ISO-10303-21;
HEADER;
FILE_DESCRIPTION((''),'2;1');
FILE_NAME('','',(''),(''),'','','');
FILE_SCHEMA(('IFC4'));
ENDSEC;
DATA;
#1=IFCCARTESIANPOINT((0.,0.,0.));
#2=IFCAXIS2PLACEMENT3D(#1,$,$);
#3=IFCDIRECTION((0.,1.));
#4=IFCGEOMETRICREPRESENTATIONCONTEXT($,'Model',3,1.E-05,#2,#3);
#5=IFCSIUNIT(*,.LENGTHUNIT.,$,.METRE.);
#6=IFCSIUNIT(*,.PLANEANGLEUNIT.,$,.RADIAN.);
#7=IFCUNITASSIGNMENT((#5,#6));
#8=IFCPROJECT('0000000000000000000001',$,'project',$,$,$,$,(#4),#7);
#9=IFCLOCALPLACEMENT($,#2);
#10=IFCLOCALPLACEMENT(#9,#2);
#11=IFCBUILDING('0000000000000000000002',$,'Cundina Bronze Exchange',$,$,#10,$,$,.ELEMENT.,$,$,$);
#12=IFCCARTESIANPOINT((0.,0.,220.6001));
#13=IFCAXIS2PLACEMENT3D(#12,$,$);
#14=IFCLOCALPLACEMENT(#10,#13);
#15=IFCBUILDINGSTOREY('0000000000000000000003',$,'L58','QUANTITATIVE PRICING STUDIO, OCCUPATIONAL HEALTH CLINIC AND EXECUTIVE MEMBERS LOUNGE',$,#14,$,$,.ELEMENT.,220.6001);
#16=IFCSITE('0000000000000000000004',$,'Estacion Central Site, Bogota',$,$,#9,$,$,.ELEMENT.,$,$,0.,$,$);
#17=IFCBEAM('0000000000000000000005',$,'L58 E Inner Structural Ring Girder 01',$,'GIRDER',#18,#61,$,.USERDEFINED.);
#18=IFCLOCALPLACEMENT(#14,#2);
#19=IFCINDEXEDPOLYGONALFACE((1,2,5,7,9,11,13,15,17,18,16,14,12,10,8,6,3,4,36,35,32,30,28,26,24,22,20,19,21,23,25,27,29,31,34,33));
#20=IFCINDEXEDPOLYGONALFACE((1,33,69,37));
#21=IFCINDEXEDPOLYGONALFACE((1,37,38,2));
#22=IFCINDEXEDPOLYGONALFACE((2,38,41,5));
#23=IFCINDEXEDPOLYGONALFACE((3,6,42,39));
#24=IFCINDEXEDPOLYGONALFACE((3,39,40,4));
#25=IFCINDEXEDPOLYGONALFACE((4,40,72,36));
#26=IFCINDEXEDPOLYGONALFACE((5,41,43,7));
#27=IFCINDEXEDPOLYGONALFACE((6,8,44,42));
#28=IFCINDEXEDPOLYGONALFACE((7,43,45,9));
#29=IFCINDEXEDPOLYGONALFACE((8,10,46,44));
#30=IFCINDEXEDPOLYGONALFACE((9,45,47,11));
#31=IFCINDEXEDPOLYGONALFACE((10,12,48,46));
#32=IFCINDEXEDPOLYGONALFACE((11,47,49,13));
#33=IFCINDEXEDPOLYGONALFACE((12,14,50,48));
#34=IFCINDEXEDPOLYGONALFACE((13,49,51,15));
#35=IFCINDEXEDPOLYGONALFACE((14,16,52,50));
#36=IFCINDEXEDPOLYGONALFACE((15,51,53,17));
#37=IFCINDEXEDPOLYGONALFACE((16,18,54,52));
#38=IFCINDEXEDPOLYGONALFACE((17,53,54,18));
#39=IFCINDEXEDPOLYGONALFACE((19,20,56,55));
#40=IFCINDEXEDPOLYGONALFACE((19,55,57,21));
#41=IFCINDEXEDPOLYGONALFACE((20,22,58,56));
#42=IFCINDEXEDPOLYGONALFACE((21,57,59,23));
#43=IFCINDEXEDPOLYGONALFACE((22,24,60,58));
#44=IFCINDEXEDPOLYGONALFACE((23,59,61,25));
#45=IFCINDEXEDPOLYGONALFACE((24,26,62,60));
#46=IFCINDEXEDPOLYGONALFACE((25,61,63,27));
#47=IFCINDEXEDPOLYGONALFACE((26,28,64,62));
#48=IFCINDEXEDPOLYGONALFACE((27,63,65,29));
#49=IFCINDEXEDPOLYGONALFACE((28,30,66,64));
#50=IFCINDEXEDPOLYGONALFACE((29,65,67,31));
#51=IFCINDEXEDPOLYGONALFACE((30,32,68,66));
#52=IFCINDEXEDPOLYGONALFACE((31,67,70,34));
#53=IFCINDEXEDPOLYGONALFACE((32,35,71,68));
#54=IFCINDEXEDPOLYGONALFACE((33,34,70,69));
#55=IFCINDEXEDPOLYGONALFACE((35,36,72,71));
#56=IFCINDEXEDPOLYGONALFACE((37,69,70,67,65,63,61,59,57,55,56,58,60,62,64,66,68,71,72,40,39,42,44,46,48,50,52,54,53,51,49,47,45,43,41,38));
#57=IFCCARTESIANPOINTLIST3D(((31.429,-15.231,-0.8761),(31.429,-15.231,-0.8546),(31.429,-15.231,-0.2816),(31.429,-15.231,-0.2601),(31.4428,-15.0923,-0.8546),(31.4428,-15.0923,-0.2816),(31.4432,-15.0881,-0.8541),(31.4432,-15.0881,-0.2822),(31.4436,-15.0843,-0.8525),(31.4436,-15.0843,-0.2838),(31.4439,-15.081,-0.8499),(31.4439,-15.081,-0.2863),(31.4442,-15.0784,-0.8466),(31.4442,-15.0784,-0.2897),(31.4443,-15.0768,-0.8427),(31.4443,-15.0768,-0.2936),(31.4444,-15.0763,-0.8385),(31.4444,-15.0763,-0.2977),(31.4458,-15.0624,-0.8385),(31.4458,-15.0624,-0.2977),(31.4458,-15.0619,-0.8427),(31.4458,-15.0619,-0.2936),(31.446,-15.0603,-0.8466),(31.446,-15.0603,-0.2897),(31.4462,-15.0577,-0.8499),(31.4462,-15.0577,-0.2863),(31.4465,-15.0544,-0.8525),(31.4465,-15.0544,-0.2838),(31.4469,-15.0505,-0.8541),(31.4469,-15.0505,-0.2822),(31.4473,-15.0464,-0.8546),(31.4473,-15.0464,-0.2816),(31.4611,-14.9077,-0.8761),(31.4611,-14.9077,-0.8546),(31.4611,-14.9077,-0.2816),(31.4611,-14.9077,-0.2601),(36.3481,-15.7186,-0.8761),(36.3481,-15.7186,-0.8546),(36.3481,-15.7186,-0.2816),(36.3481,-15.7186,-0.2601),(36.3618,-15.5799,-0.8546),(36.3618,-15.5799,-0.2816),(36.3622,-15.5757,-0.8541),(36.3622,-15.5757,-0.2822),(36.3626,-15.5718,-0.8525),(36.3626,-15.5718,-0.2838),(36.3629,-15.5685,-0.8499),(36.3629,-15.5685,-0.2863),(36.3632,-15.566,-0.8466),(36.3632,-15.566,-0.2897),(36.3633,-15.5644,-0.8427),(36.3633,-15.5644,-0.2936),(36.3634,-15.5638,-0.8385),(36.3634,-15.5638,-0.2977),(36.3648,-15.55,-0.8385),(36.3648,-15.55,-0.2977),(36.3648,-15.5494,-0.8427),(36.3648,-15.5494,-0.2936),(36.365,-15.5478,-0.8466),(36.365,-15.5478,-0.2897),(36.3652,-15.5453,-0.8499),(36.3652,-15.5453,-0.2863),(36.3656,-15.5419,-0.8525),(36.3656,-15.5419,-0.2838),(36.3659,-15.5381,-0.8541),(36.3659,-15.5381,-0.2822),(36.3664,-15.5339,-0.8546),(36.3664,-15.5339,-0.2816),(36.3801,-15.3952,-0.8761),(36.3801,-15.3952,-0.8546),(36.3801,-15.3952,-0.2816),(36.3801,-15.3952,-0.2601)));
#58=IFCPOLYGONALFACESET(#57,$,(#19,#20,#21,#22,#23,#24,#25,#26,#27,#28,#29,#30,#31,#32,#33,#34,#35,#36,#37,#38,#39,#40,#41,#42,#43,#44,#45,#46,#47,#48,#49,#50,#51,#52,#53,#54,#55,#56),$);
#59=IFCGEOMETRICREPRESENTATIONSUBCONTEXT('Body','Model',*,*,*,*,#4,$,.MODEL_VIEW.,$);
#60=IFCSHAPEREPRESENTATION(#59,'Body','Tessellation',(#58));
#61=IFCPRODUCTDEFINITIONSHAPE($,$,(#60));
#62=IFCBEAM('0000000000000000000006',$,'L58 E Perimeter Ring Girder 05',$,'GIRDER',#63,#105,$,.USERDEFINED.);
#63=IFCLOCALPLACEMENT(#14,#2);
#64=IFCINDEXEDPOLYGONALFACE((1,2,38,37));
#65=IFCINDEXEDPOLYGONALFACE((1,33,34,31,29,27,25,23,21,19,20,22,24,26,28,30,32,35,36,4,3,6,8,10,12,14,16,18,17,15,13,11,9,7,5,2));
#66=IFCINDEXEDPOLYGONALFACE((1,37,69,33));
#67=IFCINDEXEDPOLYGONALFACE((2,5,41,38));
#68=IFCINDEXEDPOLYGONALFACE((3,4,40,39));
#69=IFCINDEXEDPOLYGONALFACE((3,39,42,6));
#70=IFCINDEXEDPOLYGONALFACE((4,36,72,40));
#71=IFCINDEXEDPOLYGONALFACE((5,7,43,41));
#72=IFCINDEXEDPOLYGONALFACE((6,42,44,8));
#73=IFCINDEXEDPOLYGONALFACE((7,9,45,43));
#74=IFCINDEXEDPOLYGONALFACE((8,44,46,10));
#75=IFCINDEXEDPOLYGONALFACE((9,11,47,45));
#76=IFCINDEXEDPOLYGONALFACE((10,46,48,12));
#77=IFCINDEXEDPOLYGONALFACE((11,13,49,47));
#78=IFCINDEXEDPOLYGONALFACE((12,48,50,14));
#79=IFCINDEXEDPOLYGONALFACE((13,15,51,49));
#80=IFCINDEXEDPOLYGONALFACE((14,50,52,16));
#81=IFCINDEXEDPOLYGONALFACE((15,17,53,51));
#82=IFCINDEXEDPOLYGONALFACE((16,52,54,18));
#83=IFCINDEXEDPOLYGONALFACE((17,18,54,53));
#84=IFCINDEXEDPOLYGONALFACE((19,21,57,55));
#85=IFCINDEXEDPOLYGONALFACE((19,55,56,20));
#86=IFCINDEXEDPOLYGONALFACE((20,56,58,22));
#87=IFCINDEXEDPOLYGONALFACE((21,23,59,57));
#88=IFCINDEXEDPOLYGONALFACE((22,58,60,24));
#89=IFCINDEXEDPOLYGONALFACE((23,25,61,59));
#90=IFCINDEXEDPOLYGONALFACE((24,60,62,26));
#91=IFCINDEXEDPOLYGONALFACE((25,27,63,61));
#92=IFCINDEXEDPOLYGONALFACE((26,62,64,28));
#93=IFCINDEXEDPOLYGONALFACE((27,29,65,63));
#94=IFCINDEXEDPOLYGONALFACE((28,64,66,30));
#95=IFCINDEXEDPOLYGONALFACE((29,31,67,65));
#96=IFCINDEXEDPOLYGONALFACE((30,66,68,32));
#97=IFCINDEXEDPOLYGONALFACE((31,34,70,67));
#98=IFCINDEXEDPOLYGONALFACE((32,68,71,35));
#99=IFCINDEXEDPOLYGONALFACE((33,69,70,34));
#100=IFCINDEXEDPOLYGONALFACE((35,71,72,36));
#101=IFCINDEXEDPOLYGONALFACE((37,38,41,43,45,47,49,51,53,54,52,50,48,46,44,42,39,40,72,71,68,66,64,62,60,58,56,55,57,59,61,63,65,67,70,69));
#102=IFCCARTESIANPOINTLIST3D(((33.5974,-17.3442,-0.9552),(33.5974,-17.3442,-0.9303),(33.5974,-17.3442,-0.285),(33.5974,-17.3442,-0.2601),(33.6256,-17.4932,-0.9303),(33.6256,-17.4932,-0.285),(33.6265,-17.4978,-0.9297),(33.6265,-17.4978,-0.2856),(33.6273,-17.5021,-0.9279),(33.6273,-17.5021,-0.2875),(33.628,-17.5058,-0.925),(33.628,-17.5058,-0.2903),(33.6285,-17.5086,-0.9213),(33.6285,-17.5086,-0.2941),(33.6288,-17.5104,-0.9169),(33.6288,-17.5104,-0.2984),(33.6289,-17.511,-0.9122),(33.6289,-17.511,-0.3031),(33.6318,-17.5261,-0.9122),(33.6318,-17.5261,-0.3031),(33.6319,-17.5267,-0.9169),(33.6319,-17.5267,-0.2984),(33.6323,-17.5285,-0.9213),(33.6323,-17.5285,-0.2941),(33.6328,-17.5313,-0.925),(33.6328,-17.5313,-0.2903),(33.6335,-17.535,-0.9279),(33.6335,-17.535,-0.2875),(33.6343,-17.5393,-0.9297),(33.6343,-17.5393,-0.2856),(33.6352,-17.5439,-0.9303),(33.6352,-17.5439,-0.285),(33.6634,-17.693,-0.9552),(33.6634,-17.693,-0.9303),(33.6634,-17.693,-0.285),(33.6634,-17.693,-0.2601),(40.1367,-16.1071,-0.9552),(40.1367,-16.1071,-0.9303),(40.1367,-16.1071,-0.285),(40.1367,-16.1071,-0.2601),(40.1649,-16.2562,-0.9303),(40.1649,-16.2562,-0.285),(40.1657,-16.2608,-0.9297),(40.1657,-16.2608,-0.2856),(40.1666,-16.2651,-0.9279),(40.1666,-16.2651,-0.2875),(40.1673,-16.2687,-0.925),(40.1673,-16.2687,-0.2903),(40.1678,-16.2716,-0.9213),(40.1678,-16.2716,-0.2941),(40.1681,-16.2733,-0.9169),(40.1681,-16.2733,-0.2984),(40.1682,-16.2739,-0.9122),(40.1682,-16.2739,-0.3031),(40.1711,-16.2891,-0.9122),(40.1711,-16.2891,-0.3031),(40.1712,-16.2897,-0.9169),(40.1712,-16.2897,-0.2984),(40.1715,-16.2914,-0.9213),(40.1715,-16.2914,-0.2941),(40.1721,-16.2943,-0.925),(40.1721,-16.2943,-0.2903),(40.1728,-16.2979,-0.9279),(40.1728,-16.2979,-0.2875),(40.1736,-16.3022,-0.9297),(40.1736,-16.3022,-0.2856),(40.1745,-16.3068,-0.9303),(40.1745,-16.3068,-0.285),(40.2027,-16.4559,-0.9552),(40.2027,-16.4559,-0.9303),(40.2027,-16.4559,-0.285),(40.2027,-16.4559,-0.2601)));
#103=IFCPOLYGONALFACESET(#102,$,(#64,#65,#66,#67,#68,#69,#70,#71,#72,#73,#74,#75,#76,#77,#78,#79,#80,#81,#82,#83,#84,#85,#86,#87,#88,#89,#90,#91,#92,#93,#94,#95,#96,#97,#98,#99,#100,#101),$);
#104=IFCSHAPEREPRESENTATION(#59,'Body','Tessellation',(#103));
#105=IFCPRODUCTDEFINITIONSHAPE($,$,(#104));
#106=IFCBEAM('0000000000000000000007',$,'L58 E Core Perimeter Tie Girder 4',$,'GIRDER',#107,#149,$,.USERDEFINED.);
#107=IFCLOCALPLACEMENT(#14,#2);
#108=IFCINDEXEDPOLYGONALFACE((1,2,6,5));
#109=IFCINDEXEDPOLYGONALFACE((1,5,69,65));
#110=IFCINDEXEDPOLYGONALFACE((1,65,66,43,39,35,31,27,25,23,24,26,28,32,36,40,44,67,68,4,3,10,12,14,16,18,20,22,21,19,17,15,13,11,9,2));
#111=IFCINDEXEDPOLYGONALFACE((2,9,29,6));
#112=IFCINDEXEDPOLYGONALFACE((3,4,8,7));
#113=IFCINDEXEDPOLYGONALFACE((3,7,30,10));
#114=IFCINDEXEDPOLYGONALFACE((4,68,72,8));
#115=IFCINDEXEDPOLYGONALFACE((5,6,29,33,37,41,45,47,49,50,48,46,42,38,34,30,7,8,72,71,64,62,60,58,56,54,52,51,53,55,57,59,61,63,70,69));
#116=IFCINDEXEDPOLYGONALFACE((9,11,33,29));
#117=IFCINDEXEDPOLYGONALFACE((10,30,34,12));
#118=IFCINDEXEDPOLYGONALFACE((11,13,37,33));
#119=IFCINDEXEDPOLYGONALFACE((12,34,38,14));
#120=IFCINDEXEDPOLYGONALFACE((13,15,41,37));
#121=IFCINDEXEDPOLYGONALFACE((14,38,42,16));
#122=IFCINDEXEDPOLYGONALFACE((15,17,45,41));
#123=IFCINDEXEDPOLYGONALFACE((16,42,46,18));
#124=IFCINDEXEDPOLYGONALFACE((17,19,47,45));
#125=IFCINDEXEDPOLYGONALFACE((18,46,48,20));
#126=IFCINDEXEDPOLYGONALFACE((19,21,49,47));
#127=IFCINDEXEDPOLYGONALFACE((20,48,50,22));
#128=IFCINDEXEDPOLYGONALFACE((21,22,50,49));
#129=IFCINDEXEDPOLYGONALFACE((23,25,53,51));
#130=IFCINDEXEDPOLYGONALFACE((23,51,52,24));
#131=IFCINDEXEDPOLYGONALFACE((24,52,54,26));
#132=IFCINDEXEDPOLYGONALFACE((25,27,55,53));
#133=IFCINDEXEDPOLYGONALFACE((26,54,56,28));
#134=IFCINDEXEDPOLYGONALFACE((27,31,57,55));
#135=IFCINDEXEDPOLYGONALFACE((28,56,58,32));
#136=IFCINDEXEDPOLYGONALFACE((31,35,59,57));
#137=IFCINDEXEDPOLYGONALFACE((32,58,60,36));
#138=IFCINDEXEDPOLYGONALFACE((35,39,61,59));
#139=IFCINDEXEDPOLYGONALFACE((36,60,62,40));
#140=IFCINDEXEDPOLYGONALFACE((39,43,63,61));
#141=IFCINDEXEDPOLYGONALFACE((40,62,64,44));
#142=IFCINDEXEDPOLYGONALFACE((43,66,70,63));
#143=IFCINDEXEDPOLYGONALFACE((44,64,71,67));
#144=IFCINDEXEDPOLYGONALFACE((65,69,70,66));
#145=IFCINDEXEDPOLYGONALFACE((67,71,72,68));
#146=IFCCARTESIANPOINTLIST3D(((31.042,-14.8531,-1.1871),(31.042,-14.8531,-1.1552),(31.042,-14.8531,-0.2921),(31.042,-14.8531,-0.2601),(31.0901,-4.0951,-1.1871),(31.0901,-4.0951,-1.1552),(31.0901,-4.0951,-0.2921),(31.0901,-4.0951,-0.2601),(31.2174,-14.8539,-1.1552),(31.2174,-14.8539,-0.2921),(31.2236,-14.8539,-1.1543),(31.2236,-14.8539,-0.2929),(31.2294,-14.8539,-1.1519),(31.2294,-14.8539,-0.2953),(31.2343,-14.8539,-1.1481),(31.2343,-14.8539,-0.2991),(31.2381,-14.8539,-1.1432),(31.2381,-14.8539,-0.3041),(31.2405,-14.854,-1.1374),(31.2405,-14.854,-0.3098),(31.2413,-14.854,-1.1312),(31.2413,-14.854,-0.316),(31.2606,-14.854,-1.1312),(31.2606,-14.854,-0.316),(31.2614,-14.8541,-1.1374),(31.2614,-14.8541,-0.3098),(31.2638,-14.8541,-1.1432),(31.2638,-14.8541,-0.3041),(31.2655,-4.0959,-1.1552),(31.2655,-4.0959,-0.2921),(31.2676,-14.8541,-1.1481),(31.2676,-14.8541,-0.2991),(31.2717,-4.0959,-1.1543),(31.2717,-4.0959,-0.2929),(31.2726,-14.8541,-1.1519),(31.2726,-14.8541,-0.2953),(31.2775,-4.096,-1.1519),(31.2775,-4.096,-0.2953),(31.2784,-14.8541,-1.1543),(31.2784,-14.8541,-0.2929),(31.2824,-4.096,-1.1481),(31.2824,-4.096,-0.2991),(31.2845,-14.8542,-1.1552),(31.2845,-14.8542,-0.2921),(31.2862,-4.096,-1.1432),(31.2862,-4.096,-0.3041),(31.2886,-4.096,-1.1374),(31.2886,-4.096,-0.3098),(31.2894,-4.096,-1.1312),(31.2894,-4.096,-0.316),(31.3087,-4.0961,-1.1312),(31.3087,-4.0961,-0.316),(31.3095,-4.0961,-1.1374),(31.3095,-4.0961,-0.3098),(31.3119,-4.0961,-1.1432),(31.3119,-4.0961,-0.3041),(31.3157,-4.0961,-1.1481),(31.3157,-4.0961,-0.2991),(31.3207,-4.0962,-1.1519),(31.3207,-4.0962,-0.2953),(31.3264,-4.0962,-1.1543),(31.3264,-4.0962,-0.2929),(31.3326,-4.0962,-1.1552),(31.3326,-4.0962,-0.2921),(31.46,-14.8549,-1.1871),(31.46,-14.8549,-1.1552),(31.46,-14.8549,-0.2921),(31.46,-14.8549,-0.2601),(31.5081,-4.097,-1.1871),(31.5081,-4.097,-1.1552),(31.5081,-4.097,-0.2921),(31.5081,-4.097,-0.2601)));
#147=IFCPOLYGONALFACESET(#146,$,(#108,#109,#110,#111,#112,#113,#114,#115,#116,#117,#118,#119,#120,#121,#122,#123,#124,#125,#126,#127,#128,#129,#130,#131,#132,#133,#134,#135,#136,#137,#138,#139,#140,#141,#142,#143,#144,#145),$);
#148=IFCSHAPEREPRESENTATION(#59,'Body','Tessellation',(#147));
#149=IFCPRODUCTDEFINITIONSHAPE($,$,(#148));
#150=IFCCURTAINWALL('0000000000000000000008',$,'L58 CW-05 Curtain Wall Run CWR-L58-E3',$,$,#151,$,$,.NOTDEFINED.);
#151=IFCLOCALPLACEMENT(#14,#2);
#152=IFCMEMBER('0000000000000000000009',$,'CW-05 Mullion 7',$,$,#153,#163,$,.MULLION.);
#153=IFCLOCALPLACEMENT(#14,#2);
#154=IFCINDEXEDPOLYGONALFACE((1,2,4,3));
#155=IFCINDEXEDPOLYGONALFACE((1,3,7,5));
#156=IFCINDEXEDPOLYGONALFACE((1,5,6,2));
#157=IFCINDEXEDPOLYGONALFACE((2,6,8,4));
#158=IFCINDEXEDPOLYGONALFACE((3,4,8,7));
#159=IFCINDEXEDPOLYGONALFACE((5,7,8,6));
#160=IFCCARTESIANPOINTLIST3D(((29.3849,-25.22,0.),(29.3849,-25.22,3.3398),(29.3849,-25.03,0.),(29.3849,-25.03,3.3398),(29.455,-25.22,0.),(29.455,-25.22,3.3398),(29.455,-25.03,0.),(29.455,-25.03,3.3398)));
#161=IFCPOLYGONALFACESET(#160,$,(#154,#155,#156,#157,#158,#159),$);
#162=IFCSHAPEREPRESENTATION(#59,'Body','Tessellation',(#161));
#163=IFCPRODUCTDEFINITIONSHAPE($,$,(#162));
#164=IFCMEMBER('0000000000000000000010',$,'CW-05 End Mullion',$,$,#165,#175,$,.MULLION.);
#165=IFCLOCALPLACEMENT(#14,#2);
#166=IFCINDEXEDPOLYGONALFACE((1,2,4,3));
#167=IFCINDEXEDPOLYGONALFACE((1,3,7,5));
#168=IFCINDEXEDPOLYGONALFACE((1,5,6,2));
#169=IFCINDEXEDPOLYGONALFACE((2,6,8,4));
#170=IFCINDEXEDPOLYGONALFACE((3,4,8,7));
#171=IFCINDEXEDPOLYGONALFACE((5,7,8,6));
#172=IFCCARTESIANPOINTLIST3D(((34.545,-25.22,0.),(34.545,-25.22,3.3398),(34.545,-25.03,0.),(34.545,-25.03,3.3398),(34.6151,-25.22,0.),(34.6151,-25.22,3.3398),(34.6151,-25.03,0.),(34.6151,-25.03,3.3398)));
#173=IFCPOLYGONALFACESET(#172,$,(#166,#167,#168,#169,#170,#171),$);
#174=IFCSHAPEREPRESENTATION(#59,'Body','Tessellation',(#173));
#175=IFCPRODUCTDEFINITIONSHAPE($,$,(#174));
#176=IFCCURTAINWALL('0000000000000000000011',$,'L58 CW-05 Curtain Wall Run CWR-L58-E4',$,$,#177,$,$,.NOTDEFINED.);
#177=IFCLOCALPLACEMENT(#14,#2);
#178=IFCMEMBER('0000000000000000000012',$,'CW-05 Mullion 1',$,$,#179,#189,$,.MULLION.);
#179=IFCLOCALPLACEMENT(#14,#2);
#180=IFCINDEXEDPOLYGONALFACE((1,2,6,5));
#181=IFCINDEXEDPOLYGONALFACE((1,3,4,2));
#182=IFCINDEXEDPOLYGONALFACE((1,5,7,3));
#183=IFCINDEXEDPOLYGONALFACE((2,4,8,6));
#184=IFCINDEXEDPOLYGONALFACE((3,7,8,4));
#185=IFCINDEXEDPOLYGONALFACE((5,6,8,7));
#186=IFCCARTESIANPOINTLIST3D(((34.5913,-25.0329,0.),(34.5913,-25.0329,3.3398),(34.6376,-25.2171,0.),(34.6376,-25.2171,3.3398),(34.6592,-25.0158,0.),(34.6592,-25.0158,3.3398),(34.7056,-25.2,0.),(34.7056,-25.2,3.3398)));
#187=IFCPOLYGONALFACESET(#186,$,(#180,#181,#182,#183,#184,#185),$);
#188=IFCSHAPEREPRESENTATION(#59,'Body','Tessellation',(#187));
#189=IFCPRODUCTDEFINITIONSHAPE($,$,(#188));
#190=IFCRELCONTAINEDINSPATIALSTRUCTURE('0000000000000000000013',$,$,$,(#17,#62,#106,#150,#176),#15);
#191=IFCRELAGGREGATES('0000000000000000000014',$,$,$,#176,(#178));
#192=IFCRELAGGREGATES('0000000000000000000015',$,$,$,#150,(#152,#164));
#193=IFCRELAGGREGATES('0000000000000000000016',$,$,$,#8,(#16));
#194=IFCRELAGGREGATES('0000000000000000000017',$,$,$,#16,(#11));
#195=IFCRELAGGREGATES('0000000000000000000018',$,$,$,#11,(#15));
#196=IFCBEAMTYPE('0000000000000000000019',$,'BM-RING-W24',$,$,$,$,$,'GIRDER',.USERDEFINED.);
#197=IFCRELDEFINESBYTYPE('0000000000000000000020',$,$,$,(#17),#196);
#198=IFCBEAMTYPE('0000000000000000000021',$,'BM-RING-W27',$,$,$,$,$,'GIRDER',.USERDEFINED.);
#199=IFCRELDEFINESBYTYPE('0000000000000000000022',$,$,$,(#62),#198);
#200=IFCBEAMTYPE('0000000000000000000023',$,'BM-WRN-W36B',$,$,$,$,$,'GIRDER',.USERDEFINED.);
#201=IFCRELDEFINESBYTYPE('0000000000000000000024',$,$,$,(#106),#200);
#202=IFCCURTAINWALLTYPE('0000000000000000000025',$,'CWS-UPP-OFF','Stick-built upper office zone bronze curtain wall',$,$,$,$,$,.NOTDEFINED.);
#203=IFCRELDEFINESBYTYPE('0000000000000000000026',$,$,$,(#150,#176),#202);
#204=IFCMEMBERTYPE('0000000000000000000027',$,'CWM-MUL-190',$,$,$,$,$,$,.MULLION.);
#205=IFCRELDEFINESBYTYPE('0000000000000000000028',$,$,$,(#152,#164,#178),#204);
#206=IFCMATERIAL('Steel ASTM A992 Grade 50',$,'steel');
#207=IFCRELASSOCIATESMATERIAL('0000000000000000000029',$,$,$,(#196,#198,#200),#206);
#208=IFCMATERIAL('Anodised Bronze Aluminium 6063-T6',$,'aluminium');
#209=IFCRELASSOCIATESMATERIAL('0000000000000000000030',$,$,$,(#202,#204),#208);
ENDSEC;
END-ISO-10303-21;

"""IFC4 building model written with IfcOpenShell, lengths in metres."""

from ifc_helpers import new_model, si_unit, direction, frame, origin, origin_2d, place, context, subcontext, project, spatial, rectangle, i_section, extrude, material, material_profile, profile_set, type_object, element, aggregate, save


model = new_model("IFC4")

# Units and contexts
model_context = context("Model", 3, precision=1e-05, world=origin(), true_north=direction((0.0, 1.0)))
body_context = subcontext(model_context, "Body", "Model", "MODEL_VIEW")
ifc_project = project(units=[si_unit("LENGTHUNIT", "METRE"), si_unit("PLANEANGLEUNIT", "RADIAN")], contexts=[model_context])

# Site, building, storey
site_placement = place(None, origin())
site = spatial("IfcSite", under=ifc_project, at=site_placement, Name="Estacion Central Site, Bogota", CompositionType="ELEMENT", RefElevation=0.0)
building_placement = place(site_placement, origin())
building = spatial("IfcBuilding", under=site, at=building_placement, Name="Cundina Bronze Exchange", CompositionType="ELEMENT")
storey_placement = place(building_placement, frame((0.0, 0.0, 220.6001)))
storey = spatial("IfcBuildingStorey", under=building, at=storey_placement, Name="L58", Description="QUANTITATIVE PRICING STUDIO, OCCUPATIONAL HEALTH CLINIC AND EXECUTIVE MEMBERS LOUNGE", CompositionType="ELEMENT", Elevation=220.6001)

# Shared definitions
ifc_material_1 = material(Name="Steel ASTM A992 Grade 50", Category="steel")

# Beams
ifc_material_profile_1 = material_profile(ifc_material_1, i_section(OverallWidth=0.325, OverallDepth=0.616, WebThickness=0.0139, FlangeThickness=0.0215, FilletRadius=0.0161, at=origin_2d()), Name="W24X117", Category="steel")
ifc_profile_set_1 = profile_set([ifc_material_profile_1], Name="Steel ASTM A992 Grade 50")
beam_type_1 = type_object("IfcBeamType", Name="BM-RING-W24", ElementType="GIRDER", PredefinedType="USERDEFINED", material=ifc_profile_set_1)
beam_1_placement = place(storey_placement, frame((31.4451, -15.0693, -0.5681), z_axis=(0.995124, -0.098633, 0.0), x_axis=(0.098633, 0.995124, 0.0)))
element("IfcBeam", 1, at=beam_1_placement, inside=storey, type_object=beam_type_1, Name="L58 E Inner Structural Ring Girder 01", ObjectType="GIRDER", PredefinedType="USERDEFINED", context=body_context, shape_type="SweptSolid", body=[
    extrude(i_section(OverallWidth=0.325, OverallDepth=0.616, WebThickness=0.0139, FlangeThickness=0.0215, FilletRadius=0.0161, at=origin_2d()), origin(), (0.0, 0.0, 1.0), 4.9431),
])
ifc_material_profile_2 = material_profile(ifc_material_1, i_section(OverallWidth=0.355, OverallDepth=0.6951, WebThickness=0.0154, FlangeThickness=0.0249, FilletRadius=0.0181, at=origin_2d()), Name="W27X146", Category="steel")
ifc_profile_set_2 = profile_set([ifc_material_profile_2], Name="Steel ASTM A992 Grade 50")
beam_type_2 = type_object("IfcBeamType", Name="BM-RING-W27", ElementType="GIRDER", PredefinedType="USERDEFINED", material=ifc_profile_set_2)
beam_2_placement = place(storey_placement, frame((33.6304, -17.5186, -0.6077), z_axis=(0.982573, 0.185876, 0.0), x_axis=(-0.185876, 0.982573, 0.0)))
element("IfcBeam", 2, at=beam_2_placement, inside=storey, type_object=beam_type_2, Name="L58 E Perimeter Ring Girder 05", ObjectType="GIRDER", PredefinedType="USERDEFINED", context=body_context, shape_type="SweptSolid", body=[
    extrude(i_section(OverallWidth=0.355, OverallDepth=0.6951, WebThickness=0.0154, FlangeThickness=0.0249, FilletRadius=0.0181, at=origin_2d()), origin(), (0.0, 0.0, 1.0), 6.6553),
])
ifc_material_profile_3 = material_profile(ifc_material_1, i_section(OverallWidth=0.418, OverallDepth=0.927, WebThickness=0.0193, FlangeThickness=0.032, FilletRadius=0.0239, at=origin_2d()), Name="W36X231", Category="steel")
ifc_profile_set_3 = profile_set([ifc_material_profile_3], Name="Steel ASTM A992 Grade 50")
beam_type_3 = type_object("IfcBeamType", Name="BM-WRN-W36B", ElementType="GIRDER", PredefinedType="USERDEFINED", material=ifc_profile_set_3)
beam_3_placement = place(storey_placement, frame((31.251, -14.854, -0.7236), z_axis=(0.004471, 0.99999, 0.0), x_axis=(-0.99999, 0.004471, 0.0)))
element("IfcBeam", 3, at=beam_3_placement, inside=storey, type_object=beam_type_3, Name="L58 E Core Perimeter Tie Girder 4", ObjectType="GIRDER", PredefinedType="USERDEFINED", context=body_context, shape_type="SweptSolid", body=[
    extrude(i_section(OverallWidth=0.418, OverallDepth=0.927, WebThickness=0.0193, FlangeThickness=0.032, FilletRadius=0.0239, at=origin_2d()), origin(), (0.0, 0.0, 1.0), 10.7581),
])

# Curtain wall, members
ifc_material_2 = material(Name="Anodised Bronze Aluminium 6063-T6", Category="aluminium")
curtain_wall_type = type_object("IfcCurtainWallType", Name="CWS-UPP-OFF", Description="Stick-built upper office zone bronze curtain wall", PredefinedType="NOTDEFINED", material=ifc_material_2)
curtain_wall_1_placement = place(storey_placement, origin())
curtain_wall_1 = element("IfcCurtainWall", 4, at=curtain_wall_1_placement, inside=storey, type_object=curtain_wall_type, Name="L58 CW-05 Curtain Wall Run CWR-L58-E3", PredefinedType="NOTDEFINED")
ifc_material_profile_4 = material_profile(ifc_material_2, rectangle(XDim=0.0701, YDim=0.1899, at=origin_2d()), Name="AL70X190", Category="aluminium")
ifc_profile_set_4 = profile_set([ifc_material_profile_4], Name="Anodised Bronze Aluminium 6063-T6")
member_type_1 = type_object("IfcMemberType", Name="CWM-MUL-190", PredefinedType="MULLION", material=ifc_profile_set_4)
member_1_placement = place(storey_placement, frame((29.4199, -25.125, 0.0), z_axis=(0.0, 0.0, 1.0), x_axis=(1.0, 0.0, 0.0)))
member_1 = element("IfcMember", 5, at=member_1_placement, type_object=member_type_1, Name="CW-05 Mullion 7", PredefinedType="MULLION", context=body_context, shape_type="SweptSolid", body=[
    extrude(rectangle(XDim=0.0701, YDim=0.1899, at=origin_2d()), origin(), (0.0, 0.0, 1.0), 3.3398),
])
member_2_placement = place(storey_placement, frame((34.5801, -25.125, 0.0), z_axis=(0.0, 0.0, 1.0), x_axis=(1.0, 0.0, 0.0)))
member_2 = element("IfcMember", 6, at=member_2_placement, type_object=member_type_1, Name="CW-05 End Mullion", PredefinedType="MULLION", context=body_context, shape_type="SweptSolid", body=[
    extrude(rectangle(XDim=0.0701, YDim=0.1899, at=origin_2d()), origin(), (0.0, 0.0, 1.0), 3.3398),
])

# Curtain wall, member
curtain_wall_2_placement = place(storey_placement, origin())
curtain_wall_2 = element("IfcCurtainWall", 7, at=curtain_wall_2_placement, inside=storey, type_object=curtain_wall_type, Name="L58 CW-05 Curtain Wall Run CWR-L58-E4", PredefinedType="NOTDEFINED")
member_3_placement = place(storey_placement, frame((34.6484, -25.1165, 0.0), z_axis=(0.0, 0.0, 1.0), x_axis=(0.969744, 0.244123, 0.0)))
member_3 = element("IfcMember", 8, at=member_3_placement, type_object=member_type_1, Name="CW-05 Mullion 1", PredefinedType="MULLION", context=body_context, shape_type="SweptSolid", body=[
    extrude(rectangle(XDim=0.0701, YDim=0.1899, at=origin_2d()), origin(), (0.0, 0.0, 1.0), 3.3398),
])
aggregate(curtain_wall_2, [member_3])

aggregate(curtain_wall_1, [member_1, member_2])

save(model, "model.ifc")
